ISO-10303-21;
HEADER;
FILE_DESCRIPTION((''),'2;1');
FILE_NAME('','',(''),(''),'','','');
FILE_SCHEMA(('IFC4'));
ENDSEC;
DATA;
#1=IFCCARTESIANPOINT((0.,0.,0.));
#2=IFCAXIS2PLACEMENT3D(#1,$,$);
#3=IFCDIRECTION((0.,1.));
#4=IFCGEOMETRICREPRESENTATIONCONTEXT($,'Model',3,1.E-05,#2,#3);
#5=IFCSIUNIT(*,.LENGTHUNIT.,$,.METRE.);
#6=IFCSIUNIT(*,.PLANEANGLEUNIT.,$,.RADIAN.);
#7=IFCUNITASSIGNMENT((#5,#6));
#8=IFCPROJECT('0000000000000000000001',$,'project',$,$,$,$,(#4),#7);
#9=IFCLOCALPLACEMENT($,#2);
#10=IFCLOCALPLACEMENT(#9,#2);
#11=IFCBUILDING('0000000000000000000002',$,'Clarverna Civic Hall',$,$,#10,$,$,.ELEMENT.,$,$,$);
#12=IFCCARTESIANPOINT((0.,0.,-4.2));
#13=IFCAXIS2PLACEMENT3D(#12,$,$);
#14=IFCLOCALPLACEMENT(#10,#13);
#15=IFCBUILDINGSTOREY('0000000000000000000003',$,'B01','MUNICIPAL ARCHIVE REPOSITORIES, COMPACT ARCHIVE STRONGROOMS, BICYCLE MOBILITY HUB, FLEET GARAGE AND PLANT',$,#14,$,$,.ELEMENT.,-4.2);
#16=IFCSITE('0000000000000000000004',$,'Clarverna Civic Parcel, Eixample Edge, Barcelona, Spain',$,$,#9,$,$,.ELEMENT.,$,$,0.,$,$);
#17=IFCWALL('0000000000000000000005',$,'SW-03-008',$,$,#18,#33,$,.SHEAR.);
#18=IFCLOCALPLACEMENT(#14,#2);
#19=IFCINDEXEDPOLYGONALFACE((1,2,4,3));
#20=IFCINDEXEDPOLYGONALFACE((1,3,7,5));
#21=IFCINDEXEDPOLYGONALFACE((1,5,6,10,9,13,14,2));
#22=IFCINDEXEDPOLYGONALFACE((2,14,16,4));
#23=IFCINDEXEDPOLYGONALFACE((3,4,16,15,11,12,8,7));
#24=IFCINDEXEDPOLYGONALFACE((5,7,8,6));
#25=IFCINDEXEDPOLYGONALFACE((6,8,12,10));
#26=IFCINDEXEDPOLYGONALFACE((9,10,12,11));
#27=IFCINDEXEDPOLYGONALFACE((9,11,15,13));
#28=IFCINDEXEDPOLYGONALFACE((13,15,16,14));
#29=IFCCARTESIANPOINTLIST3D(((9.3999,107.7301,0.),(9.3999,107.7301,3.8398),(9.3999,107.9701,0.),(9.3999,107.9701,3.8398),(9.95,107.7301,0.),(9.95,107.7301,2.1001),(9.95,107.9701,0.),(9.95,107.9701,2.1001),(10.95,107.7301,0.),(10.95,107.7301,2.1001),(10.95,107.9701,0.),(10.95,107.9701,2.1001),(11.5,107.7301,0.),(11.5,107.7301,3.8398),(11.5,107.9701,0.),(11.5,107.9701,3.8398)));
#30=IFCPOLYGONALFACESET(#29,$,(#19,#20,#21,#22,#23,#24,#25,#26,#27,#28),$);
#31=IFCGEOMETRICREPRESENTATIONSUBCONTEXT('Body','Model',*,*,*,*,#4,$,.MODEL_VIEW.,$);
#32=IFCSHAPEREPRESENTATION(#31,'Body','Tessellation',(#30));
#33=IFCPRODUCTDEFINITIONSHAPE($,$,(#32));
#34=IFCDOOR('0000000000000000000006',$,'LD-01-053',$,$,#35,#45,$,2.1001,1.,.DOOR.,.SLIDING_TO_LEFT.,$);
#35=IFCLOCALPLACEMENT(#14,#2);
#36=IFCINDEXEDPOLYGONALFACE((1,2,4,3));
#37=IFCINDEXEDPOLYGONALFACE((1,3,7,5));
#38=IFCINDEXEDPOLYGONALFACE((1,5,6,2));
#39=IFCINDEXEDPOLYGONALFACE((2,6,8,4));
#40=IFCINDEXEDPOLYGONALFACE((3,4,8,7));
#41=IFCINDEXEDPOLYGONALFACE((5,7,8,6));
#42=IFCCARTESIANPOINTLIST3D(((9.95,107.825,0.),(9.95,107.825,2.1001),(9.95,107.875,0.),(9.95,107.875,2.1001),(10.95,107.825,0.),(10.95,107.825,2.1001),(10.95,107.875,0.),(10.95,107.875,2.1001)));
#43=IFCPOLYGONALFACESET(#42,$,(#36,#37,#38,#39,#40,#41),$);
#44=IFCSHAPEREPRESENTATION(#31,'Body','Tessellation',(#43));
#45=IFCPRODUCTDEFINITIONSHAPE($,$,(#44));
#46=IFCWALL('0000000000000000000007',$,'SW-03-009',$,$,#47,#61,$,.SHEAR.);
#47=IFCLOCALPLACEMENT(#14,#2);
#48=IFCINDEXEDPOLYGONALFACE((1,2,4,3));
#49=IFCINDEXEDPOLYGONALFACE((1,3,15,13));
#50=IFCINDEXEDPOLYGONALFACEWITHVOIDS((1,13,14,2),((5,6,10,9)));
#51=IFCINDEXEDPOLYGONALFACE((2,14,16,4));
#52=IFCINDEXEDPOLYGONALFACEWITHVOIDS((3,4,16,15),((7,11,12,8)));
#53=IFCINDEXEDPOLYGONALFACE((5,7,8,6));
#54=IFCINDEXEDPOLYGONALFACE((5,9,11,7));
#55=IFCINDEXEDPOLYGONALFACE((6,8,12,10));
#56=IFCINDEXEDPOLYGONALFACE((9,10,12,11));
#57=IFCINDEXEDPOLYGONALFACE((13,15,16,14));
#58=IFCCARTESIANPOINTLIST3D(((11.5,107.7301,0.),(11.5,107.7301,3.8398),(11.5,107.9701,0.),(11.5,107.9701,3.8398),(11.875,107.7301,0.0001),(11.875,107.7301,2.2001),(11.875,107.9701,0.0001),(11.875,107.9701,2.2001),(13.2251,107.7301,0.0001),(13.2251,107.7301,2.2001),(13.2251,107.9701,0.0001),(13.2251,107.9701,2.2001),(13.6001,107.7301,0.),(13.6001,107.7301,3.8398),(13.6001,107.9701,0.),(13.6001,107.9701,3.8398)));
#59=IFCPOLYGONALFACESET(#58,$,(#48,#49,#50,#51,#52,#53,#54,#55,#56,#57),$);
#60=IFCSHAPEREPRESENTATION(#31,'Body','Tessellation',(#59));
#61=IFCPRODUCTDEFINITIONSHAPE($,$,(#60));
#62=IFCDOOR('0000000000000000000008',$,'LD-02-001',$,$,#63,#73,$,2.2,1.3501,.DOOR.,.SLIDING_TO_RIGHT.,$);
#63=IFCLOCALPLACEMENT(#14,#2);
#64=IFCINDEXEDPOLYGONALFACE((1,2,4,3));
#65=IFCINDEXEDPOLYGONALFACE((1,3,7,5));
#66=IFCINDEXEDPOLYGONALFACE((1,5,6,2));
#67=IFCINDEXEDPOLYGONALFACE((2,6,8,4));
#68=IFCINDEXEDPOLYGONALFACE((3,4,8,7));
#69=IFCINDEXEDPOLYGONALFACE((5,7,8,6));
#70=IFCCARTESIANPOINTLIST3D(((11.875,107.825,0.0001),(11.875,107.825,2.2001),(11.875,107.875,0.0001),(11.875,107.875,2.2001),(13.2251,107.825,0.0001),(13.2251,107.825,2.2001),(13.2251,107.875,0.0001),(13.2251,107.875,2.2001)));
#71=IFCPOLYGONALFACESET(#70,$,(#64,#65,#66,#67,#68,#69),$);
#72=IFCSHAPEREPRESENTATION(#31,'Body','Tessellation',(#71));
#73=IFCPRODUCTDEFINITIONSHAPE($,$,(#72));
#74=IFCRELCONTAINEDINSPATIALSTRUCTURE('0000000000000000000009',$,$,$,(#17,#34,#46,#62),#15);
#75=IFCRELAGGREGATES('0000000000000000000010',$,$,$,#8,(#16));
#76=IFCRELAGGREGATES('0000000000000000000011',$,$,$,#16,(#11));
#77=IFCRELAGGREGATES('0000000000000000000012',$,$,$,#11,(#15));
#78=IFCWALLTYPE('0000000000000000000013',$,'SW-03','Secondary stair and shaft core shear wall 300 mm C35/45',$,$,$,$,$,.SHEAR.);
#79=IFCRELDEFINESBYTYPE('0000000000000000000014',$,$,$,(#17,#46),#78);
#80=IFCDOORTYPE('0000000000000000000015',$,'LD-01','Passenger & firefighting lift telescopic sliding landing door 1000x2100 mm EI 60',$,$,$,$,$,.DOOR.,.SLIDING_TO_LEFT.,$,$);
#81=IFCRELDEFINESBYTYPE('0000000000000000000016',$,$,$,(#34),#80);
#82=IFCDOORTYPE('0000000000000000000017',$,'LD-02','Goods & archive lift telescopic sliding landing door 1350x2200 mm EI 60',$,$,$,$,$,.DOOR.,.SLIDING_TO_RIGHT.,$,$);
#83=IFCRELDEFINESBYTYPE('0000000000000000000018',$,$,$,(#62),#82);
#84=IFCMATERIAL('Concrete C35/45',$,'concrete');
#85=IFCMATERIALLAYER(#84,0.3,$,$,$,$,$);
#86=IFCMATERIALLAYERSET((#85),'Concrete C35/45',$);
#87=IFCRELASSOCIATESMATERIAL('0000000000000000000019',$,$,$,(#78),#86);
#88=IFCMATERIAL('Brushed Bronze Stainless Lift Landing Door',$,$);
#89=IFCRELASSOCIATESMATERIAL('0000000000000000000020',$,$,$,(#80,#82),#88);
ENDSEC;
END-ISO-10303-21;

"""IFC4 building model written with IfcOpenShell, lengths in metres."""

from ifc_helpers import new_model, si_unit, direction, frame, frame_2d, origin, place, context, subcontext, project, spatial, rectangle, extrude, material, layer, layer_set, type_object, element, fill, save


model = new_model("IFC4")

# Units and contexts
model_context = context("Model", 3, precision=1e-05, world=origin(), true_north=direction((0.0, 1.0)))
body_context = subcontext(model_context, "Body", "Model", "MODEL_VIEW")
ifc_project = project(units=[si_unit("LENGTHUNIT", "METRE"), si_unit("PLANEANGLEUNIT", "RADIAN")], contexts=[model_context])

# Site, building, storey
site_placement = place(None, origin())
site = spatial("IfcSite", under=ifc_project, at=site_placement, Name="Clarverna Civic Parcel, Eixample Edge, Barcelona, Spain", CompositionType="ELEMENT", RefElevation=0.0)
building_placement = place(site_placement, origin())
building = spatial("IfcBuilding", under=site, at=building_placement, Name="Clarverna Civic Hall", CompositionType="ELEMENT")
storey_placement = place(building_placement, frame((0.0, 0.0, -4.2)))
storey = spatial("IfcBuildingStorey", under=building, at=storey_placement, Name="B01", Description="MUNICIPAL ARCHIVE REPOSITORIES, COMPACT ARCHIVE STRONGROOMS, BICYCLE MOBILITY HUB, FLEET GARAGE AND PLANT", CompositionType="ELEMENT", Elevation=-4.2)

# Shared definitions
ifc_material_1 = material(Name="Concrete C35/45", Category="concrete")

# Shared definitions
ifc_layer = layer(ifc_material_1, 0.3)
ifc_layer_set = layer_set([ifc_layer], Name="Concrete C35/45")
wall_type = type_object("IfcWallType", Name="SW-03", Description="Secondary stair and shaft core shear wall 300 mm C35/45", PredefinedType="SHEAR", material=ifc_layer_set)

# Walls, openings, doors
wall_1_placement = place(storey_placement, frame((9.3999, 107.8501, 0.0), z_axis=(0.0, 0.0, 1.0), x_axis=(1.0, 0.0, 0.0)))
wall_1 = element("IfcWall", 1, at=wall_1_placement, inside=storey, type_object=wall_type, Name="SW-03-008", PredefinedType="SHEAR", context=body_context, shape_type="SweptSolid", body=[
    extrude(rectangle(XDim=2.1001, YDim=0.24, at=frame_2d((1.05, 0.0))), origin(), (0.0, 0.0, 1.0), 3.8398),
])
opening_1_placement = place(wall_1_placement, frame((0.55, 0.0, 0.0)))
opening_1 = element("IfcOpeningElement", 2, at=opening_1_placement, cuts=wall_1, PredefinedType="OPENING", context=body_context, shape_type="SweptSolid", body=[
    extrude(rectangle(XDim=1.0, YDim=2.1001, at=frame_2d((0.5, 1.05))), frame((0.0, 0.1299, 0.0), z_axis=(0.0, -1.0, 0.0), x_axis=(1.0, 0.0, 0.0)), (0.0, 0.0, 1.0), 0.26),
])
ifc_material_2 = material(Name="Brushed Bronze Stainless Lift Landing Door")
door_type_1 = type_object("IfcDoorType", Name="LD-01", Description="Passenger & firefighting lift telescopic sliding landing door 1000x2100 mm EI 60", OperationType="SLIDING_TO_LEFT", PredefinedType="DOOR", material=ifc_material_2)
door_1_placement = place(opening_1_placement, origin())
door_1 = element("IfcDoor", 3, at=door_1_placement, inside=storey, type_object=door_type_1, Name="LD-01-053", OperationType="SLIDING_TO_LEFT", OverallHeight=2.1001, OverallWidth=1.0, PredefinedType="DOOR", context=body_context, shape_type="SweptSolid", body=[
    extrude(rectangle(XDim=1.0, YDim=2.1001, at=frame_2d((0.5, 1.05))), frame((0.0, 0.0249, 0.0), z_axis=(0.0, -1.0, 0.0), x_axis=(1.0, 0.0, 0.0)), (0.0, 0.0, 1.0), 0.05),
])
fill(opening_1, door_1)
wall_2_placement = place(storey_placement, frame((11.5, 107.8501, 0.0), z_axis=(0.0, 0.0, 1.0), x_axis=(1.0, 0.0, 0.0)))
wall_2 = element("IfcWall", 4, at=wall_2_placement, inside=storey, type_object=wall_type, Name="SW-03-009", PredefinedType="SHEAR", context=body_context, shape_type="SweptSolid", body=[
    extrude(rectangle(XDim=2.1001, YDim=0.24, at=frame_2d((1.05, 0.0))), origin(), (0.0, 0.0, 1.0), 3.8398),
])
opening_2_placement = place(wall_2_placement, frame((0.375, 0.0, 0.0)))
opening_2 = element("IfcOpeningElement", 5, at=opening_2_placement, cuts=wall_2, PredefinedType="OPENING", context=body_context, shape_type="SweptSolid", body=[
    extrude(rectangle(XDim=1.3501, YDim=2.2, at=frame_2d((0.675, 1.1001))), frame((0.0, 0.1299, 0.0), z_axis=(0.0, -1.0, 0.0), x_axis=(1.0, 0.0, 0.0)), (0.0, 0.0, 1.0), 0.26),
])
door_type_2 = type_object("IfcDoorType", Name="LD-02", Description="Goods & archive lift telescopic sliding landing door 1350x2200 mm EI 60", OperationType="SLIDING_TO_RIGHT", PredefinedType="DOOR", material=ifc_material_2)
door_2_placement = place(opening_2_placement, origin())
door_2 = element("IfcDoor", 6, at=door_2_placement, inside=storey, type_object=door_type_2, Name="LD-02-001", OperationType="SLIDING_TO_RIGHT", OverallHeight=2.2, OverallWidth=1.3501, PredefinedType="DOOR", context=body_context, shape_type="SweptSolid", body=[
    extrude(rectangle(XDim=1.3501, YDim=2.2, at=frame_2d((0.675, 1.1001))), frame((0.0, 0.0249, 0.0), z_axis=(0.0, -1.0, 0.0), x_axis=(1.0, 0.0, 0.0)), (0.0, 0.0, 1.0), 0.05),
])
fill(opening_2, door_2)

save(model, "model.ifc")
